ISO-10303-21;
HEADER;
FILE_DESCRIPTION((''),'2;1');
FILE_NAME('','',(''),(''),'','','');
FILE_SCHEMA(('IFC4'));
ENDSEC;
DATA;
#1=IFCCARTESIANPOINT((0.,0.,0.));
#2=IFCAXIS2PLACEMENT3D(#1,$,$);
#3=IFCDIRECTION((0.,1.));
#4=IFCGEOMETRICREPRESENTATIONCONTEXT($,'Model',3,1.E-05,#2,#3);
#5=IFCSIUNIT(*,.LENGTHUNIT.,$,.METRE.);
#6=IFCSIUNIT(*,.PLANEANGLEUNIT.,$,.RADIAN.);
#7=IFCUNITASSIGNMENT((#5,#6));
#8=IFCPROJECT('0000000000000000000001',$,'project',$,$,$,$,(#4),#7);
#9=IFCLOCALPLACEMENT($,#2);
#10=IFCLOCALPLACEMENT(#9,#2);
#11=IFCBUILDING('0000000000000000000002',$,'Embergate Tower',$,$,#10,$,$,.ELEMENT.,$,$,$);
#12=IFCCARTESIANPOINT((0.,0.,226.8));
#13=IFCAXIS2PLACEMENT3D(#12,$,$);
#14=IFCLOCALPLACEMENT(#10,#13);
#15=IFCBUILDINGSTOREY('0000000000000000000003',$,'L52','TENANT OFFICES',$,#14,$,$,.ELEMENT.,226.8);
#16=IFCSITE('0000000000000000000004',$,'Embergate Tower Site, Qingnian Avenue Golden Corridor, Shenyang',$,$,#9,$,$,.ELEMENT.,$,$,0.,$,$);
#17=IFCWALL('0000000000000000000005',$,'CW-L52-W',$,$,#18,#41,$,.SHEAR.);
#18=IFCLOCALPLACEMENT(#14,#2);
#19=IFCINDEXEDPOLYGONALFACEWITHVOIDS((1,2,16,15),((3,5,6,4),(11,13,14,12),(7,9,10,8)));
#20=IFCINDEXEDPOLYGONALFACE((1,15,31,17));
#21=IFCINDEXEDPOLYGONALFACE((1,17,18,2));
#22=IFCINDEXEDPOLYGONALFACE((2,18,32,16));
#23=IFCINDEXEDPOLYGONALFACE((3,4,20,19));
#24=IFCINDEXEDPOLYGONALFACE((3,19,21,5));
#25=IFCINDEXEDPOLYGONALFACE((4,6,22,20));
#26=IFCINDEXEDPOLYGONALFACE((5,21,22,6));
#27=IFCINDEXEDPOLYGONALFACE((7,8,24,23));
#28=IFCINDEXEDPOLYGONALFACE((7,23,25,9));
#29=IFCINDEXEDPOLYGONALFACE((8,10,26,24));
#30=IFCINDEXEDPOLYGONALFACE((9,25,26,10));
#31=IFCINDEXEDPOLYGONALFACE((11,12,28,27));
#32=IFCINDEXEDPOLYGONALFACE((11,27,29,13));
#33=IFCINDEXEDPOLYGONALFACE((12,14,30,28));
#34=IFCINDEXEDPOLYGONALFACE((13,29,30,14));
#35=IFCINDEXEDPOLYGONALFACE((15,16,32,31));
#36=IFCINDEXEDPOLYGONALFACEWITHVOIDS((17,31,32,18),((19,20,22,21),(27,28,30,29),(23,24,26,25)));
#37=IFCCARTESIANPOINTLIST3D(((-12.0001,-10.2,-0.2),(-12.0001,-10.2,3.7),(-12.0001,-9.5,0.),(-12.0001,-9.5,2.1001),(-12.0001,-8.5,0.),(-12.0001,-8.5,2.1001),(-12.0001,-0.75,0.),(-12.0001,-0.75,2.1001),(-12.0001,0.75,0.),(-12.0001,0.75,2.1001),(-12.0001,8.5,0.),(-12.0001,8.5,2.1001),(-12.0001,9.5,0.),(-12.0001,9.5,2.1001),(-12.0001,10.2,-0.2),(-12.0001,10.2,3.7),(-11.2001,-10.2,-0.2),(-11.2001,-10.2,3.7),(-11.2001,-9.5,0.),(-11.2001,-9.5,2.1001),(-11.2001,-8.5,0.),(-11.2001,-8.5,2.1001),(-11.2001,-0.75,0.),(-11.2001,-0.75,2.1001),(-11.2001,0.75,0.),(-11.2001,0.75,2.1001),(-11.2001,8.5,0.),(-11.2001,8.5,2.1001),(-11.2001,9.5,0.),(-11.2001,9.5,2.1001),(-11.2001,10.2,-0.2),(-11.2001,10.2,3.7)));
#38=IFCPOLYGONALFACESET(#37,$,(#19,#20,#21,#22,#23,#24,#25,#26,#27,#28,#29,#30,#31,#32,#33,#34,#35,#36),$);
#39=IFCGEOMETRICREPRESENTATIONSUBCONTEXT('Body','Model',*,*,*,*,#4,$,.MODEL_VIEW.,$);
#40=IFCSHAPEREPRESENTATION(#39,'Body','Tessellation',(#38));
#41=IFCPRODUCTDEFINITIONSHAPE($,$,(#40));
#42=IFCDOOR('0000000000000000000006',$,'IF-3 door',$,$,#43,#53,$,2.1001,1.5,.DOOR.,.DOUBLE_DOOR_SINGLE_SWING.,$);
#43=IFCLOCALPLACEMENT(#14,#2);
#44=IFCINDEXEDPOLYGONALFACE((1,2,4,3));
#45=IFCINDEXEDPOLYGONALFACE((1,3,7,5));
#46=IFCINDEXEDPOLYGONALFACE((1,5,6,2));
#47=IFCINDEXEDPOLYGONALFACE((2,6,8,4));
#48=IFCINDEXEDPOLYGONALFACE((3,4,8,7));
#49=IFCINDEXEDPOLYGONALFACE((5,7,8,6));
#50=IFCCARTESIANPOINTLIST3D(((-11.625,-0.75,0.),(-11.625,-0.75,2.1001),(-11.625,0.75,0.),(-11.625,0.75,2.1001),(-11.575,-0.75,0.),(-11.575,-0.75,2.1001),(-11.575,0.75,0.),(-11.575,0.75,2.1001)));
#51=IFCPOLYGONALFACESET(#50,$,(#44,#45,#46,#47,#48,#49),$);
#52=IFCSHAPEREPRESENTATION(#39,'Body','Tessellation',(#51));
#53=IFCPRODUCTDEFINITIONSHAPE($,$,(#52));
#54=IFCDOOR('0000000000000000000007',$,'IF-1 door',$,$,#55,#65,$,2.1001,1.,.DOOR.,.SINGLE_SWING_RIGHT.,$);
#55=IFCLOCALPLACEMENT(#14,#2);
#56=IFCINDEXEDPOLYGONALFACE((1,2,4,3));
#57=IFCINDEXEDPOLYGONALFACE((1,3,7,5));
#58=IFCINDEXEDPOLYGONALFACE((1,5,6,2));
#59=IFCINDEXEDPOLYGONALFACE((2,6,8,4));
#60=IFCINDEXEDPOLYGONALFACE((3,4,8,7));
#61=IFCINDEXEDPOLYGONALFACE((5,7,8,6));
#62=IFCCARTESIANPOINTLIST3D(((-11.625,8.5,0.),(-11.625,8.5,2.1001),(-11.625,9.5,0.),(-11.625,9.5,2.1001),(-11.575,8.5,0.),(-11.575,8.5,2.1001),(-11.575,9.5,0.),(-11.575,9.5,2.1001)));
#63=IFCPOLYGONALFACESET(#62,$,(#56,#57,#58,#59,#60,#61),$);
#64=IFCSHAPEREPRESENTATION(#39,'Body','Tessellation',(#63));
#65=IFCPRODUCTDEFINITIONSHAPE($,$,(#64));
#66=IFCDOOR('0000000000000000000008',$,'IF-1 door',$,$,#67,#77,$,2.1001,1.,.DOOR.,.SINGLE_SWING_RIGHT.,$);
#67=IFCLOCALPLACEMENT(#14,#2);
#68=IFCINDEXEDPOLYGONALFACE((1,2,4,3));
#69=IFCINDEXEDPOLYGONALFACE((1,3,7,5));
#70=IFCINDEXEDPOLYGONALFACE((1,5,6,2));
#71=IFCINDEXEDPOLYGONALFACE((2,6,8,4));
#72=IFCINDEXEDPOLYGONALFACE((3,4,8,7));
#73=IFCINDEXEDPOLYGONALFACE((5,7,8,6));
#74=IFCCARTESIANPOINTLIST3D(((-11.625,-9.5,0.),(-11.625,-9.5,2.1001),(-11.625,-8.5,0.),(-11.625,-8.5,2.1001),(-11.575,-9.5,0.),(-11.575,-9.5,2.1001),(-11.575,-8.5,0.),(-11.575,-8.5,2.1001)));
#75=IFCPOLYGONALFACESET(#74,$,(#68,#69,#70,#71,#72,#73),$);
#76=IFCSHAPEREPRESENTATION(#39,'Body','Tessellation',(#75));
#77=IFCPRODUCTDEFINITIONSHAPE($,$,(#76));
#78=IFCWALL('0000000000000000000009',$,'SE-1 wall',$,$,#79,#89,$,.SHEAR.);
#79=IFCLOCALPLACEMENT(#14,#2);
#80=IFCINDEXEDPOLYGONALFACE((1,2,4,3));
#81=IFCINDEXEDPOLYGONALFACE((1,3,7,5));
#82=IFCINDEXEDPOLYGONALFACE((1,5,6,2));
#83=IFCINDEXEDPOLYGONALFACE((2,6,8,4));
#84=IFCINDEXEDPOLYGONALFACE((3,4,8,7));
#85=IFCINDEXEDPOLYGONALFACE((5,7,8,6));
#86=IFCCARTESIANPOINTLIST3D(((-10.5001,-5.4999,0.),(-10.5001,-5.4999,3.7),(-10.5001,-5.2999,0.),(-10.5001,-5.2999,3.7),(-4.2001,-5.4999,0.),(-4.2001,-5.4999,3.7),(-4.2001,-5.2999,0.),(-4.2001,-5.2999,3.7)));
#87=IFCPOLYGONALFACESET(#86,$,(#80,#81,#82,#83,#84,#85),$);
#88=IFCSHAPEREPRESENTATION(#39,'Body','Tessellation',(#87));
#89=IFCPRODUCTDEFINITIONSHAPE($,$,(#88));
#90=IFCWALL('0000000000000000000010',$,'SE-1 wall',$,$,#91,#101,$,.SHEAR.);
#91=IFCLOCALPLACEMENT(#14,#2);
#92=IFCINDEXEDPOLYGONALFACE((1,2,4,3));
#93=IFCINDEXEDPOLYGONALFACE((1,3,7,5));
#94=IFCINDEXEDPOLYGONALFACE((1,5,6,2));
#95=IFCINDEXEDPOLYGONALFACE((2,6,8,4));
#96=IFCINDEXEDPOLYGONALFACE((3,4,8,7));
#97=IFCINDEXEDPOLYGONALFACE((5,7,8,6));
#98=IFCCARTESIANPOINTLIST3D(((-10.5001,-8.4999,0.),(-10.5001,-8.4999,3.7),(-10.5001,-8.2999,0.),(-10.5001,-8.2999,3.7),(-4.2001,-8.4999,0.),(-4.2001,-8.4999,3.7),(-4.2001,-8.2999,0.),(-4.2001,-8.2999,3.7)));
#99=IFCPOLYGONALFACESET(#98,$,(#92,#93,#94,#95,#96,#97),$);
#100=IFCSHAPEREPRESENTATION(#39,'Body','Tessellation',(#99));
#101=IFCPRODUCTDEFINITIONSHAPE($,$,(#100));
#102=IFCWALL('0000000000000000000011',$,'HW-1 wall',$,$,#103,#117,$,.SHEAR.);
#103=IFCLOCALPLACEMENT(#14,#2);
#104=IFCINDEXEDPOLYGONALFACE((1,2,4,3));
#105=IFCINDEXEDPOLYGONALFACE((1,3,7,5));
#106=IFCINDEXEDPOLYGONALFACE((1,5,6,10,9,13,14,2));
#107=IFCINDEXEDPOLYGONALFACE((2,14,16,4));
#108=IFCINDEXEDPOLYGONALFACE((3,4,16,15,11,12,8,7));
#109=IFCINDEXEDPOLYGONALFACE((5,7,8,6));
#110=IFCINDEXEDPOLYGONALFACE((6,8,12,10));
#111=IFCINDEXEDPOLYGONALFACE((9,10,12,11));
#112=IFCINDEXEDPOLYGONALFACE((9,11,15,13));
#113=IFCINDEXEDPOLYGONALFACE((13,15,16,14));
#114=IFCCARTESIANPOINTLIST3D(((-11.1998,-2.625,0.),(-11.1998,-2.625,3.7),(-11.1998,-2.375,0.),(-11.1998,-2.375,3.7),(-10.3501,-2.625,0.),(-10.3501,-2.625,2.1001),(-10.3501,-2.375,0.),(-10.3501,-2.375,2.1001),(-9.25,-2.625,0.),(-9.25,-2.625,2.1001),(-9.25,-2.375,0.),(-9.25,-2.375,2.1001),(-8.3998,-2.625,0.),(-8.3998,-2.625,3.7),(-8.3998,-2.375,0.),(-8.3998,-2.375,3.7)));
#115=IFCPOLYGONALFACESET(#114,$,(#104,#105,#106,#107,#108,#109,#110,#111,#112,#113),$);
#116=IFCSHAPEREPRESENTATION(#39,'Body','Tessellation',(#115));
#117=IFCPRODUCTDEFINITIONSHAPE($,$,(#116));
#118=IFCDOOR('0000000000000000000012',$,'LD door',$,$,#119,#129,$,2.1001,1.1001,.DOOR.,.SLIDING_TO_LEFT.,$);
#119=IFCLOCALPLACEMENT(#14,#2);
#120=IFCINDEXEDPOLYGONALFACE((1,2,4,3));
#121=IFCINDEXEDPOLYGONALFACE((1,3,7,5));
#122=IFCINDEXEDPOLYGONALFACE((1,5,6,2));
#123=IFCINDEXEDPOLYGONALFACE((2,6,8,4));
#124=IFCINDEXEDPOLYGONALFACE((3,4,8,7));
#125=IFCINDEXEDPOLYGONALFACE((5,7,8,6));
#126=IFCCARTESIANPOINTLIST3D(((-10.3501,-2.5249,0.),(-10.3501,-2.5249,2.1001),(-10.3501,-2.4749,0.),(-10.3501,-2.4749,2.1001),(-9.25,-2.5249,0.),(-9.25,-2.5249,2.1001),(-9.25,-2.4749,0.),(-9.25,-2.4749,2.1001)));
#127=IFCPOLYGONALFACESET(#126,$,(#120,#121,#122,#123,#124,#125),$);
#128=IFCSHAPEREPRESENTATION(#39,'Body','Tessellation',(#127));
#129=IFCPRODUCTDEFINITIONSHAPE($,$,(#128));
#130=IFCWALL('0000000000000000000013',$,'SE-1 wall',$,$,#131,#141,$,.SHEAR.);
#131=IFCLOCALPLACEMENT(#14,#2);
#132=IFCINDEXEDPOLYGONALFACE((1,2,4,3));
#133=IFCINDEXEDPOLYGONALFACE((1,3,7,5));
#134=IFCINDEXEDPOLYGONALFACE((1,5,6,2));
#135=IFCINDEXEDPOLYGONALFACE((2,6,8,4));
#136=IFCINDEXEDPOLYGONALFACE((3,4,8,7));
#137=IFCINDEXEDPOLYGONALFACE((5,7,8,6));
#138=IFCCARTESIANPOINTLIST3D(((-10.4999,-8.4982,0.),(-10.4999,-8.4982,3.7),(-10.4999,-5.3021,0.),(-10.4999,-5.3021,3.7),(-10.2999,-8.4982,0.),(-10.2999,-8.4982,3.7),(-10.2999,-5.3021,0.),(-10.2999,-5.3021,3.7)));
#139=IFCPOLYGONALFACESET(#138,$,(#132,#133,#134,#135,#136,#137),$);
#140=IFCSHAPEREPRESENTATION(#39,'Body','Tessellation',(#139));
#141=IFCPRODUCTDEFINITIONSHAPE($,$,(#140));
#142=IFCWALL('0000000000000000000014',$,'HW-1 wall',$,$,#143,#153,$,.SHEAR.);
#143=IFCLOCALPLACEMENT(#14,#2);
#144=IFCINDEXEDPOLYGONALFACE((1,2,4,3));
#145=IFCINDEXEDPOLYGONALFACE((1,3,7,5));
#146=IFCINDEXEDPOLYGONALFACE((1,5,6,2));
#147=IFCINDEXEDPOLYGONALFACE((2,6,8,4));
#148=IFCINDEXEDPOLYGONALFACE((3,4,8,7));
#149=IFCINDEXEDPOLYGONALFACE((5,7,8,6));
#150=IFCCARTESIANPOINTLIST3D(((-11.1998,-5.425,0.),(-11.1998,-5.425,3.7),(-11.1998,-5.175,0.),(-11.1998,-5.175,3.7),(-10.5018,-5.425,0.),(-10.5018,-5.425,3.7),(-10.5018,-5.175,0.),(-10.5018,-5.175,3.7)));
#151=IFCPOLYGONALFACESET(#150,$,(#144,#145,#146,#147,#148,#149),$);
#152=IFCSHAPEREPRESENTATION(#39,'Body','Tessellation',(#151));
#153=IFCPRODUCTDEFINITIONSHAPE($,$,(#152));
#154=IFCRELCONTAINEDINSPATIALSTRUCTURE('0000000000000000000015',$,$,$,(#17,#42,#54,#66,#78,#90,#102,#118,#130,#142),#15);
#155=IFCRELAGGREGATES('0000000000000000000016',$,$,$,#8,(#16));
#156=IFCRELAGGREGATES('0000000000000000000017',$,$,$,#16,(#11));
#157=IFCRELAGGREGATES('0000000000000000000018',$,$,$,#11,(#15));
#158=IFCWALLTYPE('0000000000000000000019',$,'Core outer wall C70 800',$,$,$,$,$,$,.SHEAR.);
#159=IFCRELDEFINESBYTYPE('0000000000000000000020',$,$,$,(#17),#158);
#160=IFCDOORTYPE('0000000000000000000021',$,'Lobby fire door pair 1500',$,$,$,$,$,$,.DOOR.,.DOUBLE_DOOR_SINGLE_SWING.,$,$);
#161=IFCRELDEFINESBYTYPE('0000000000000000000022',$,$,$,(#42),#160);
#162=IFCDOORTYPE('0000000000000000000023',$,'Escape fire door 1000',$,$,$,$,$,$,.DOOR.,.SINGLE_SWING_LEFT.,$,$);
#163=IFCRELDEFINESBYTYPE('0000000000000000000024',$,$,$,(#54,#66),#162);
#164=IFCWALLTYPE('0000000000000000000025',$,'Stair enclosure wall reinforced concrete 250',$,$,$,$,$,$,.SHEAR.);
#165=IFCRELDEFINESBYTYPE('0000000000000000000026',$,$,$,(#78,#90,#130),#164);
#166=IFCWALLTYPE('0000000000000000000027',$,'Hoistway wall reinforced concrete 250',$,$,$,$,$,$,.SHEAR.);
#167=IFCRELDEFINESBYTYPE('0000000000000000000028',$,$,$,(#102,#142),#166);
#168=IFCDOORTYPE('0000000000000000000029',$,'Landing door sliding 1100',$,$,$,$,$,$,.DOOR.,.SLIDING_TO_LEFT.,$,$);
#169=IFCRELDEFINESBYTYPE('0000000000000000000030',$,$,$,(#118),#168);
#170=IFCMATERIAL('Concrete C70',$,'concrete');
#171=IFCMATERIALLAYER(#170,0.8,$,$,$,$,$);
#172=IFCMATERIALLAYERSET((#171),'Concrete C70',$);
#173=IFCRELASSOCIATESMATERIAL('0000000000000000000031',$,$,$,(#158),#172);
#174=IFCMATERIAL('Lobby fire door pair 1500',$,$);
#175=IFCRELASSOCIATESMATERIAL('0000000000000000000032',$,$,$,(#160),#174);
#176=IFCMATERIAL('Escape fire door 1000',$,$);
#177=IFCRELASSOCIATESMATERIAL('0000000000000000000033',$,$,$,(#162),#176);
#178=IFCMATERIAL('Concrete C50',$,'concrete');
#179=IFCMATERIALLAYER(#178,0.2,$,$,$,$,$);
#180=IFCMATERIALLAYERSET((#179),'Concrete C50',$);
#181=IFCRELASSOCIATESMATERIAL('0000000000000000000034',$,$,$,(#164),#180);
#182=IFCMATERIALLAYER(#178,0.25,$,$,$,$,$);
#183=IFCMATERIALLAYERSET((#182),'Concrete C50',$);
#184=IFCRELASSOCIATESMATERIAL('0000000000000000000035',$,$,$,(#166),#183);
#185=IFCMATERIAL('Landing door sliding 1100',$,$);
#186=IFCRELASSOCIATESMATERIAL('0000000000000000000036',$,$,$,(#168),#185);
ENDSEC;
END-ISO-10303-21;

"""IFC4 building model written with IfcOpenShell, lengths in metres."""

from ifc_helpers import new_model, si_unit, direction, frame, frame_2d, origin, place, context, subcontext, project, spatial, rectangle, extrude, source, transform, mapped, material, layer, layer_set, type_object, element, fill, save


model = new_model("IFC4")

# Units and contexts
model_context = context("Model", 3, precision=1e-05, world=origin(), true_north=direction((0.0, 1.0)))
body_context = subcontext(model_context, "Body", "Model", "MODEL_VIEW")
ifc_project = project(units=[si_unit("LENGTHUNIT", "METRE"), si_unit("PLANEANGLEUNIT", "RADIAN")], contexts=[model_context])

# Site, building, storey
site_placement = place(None, origin())
site = spatial("IfcSite", under=ifc_project, at=site_placement, Name="Embergate Tower Site, Qingnian Avenue Golden Corridor, Shenyang", CompositionType="ELEMENT", RefElevation=0.0)
building_placement = place(site_placement, origin())
building = spatial("IfcBuilding", under=site, at=building_placement, Name="Embergate Tower", CompositionType="ELEMENT")
storey_placement = place(building_placement, frame((0.0, 0.0, 226.8)))
storey = spatial("IfcBuildingStorey", under=building, at=storey_placement, Name="L52", Description="TENANT OFFICES", CompositionType="ELEMENT", Elevation=226.8)

# Shared definitions
ifc_material_1 = material(Name="Concrete C70", Category="concrete")
ifc_layer_1 = layer(ifc_material_1, 0.8)
ifc_layer_set_1 = layer_set([ifc_layer_1], Name="Concrete C70")
wall_type_1 = type_object("IfcWallType", Name="Core outer wall C70 800", PredefinedType="SHEAR", material=ifc_layer_set_1)

# Wall, openings, doors
shared_shape_1 = source(origin(), body_context, "Body", "SweptSolid", [
    extrude(rectangle(XDim=20.3999, YDim=0.8, at=frame_2d((10.2, 0.0))), origin(), (0.0, 0.0, 1.0), 3.8999),
])
wall_1_placement = place(storey_placement, frame((-11.6001, -10.2, -0.2), z_axis=(0.0, 0.0, 1.0), x_axis=(0.0, 1.0, 0.0)))
wall_1 = element("IfcWall", 1, at=wall_1_placement, inside=storey, type_object=wall_type_1, Name="CW-L52-W", PredefinedType="SHEAR", context=body_context, shape_type="MappedRepresentation", body=[
    mapped(shared_shape_1, transform((0.0, 0.0, 0.0))),
])
shared_shape_2 = source(origin(), body_context, "Body", "SweptSolid", [
    extrude(rectangle(XDim=1.0, YDim=2.1001, at=frame_2d((0.5, 1.05))), frame((0.0, 0.4099, 0.0), z_axis=(0.0, -1.0, 0.0), x_axis=(1.0, 0.0, 0.0)), (0.0, 0.0, 1.0), 0.8201),
])
opening_1_placement = place(wall_1_placement, frame((18.7, 0.0, 0.2)))
opening_1 = element("IfcOpeningElement", 2, at=opening_1_placement, cuts=wall_1, PredefinedType="OPENING", context=body_context, shape_type="MappedRepresentation", body=[
    mapped(shared_shape_2, transform((0.0, 0.0, 0.0))),
])
opening_2_placement = place(wall_1_placement, frame((0.7, 0.0, 0.2)))
opening_2 = element("IfcOpeningElement", 3, at=opening_2_placement, cuts=wall_1, PredefinedType="OPENING", context=body_context, shape_type="MappedRepresentation", body=[
    mapped(shared_shape_2, transform((0.0, 0.0, 0.0))),
])
shared_shape_3 = source(origin(), body_context, "Body", "SweptSolid", [
    extrude(rectangle(XDim=1.5, YDim=2.1001, at=frame_2d((0.75, 1.05))), frame((0.0, 0.4099, 0.0), z_axis=(0.0, -1.0, 0.0), x_axis=(1.0, 0.0, 0.0)), (0.0, 0.0, 1.0), 0.8201),
])
opening_3_placement = place(wall_1_placement, frame((9.45, 0.0, 0.2)))
opening_3 = element("IfcOpeningElement", 4, at=opening_3_placement, cuts=wall_1, PredefinedType="OPENING", context=body_context, shape_type="MappedRepresentation", body=[
    mapped(shared_shape_3, transform((0.0, 0.0, 0.0))),
])
ifc_material_2 = material(Name="Lobby fire door pair 1500")
door_type_1 = type_object("IfcDoorType", Name="Lobby fire door pair 1500", OperationType="DOUBLE_DOOR_SINGLE_SWING", PredefinedType="DOOR", material=ifc_material_2)
shared_shape_4 = source(origin(), body_context, "Body", "SweptSolid", [
    extrude(rectangle(XDim=1.5, YDim=2.1001, at=frame_2d((0.75, 1.05))), frame((0.0, 0.0249, 0.0), z_axis=(0.0, -1.0, 0.0), x_axis=(1.0, 0.0, 0.0)), (0.0, 0.0, 1.0), 0.05),
])
door_1_placement = place(opening_3_placement, origin())
door_1 = element("IfcDoor", 5, at=door_1_placement, inside=storey, type_object=door_type_1, Name="IF-3 door", OperationType="DOUBLE_DOOR_SINGLE_SWING", OverallHeight=2.1001, OverallWidth=1.5, PredefinedType="DOOR", context=body_context, shape_type="MappedRepresentation", body=[
    mapped(shared_shape_4, transform((0.0, 0.0, 0.0))),
])
fill(opening_3, door_1)
ifc_material_3 = material(Name="Escape fire door 1000")
door_type_2 = type_object("IfcDoorType", Name="Escape fire door 1000", OperationType="SINGLE_SWING_LEFT", PredefinedType="DOOR", material=ifc_material_3)
shared_shape_5 = source(origin(), body_context, "Body", "SweptSolid", [
    extrude(rectangle(XDim=1.0, YDim=2.1001, at=frame_2d((0.5, 1.05))), frame((0.0, 0.0249, 0.0), z_axis=(0.0, -1.0, 0.0), x_axis=(1.0, 0.0, 0.0)), (0.0, 0.0, 1.0), 0.05),
])
door_2_placement = place(opening_1_placement, origin())
door_2 = element("IfcDoor", 6, at=door_2_placement, inside=storey, type_object=door_type_2, Name="IF-1 door", OperationType="SINGLE_SWING_RIGHT", OverallHeight=2.1001, OverallWidth=1.0, PredefinedType="DOOR", context=body_context, shape_type="MappedRepresentation", body=[
    mapped(shared_shape_5, transform((0.0, 0.0, 0.0))),
])
fill(opening_1, door_2)
door_3_placement = place(opening_2_placement, origin())
door_3 = element("IfcDoor", 7, at=door_3_placement, inside=storey, type_object=door_type_2, Name="IF-1 door", OperationType="SINGLE_SWING_RIGHT", OverallHeight=2.1001, OverallWidth=1.0, PredefinedType="DOOR", context=body_context, shape_type="MappedRepresentation", body=[
    mapped(shared_shape_5, transform((0.0, 0.0, 0.0))),
])
fill(opening_2, door_3)

# Walls
ifc_material_4 = material(Name="Concrete C50", Category="concrete")
ifc_layer_2 = layer(ifc_material_4, 0.2)
ifc_layer_set_2 = layer_set([ifc_layer_2], Name="Concrete C50")
wall_type_2 = type_object("IfcWallType", Name="Stair enclosure wall reinforced concrete 250", PredefinedType="SHEAR", material=ifc_layer_set_2)
shared_shape_6 = source(origin(), body_context, "Body", "SweptSolid", [
    extrude(rectangle(XDim=6.3, YDim=0.2, at=frame_2d((3.1499, 0.0))), origin(), (0.0, 0.0, 1.0), 3.7),
])
for number, where, z_axis, x_axis, name in (
    (8, (-10.5, -5.3999, 0.0), (0.0, 0.0, 1.0), (1.0, 0.0, 0.0), "SE-1 wall"),
    (9, (-10.5, -8.3999, 0.0), (0.0, 0.0, 1.0), (1.0, 0.0, 0.0), "SE-1 wall"),
):
    element("IfcWall", number, at=place(storey_placement, frame(where, z_axis=z_axis, x_axis=x_axis)), inside=storey, type_object=wall_type_2, Name=name, PredefinedType="SHEAR", context=body_context, shape_type="MappedRepresentation", body=[
        mapped(shared_shape_6, transform((0.0, 0.0, 0.0))),
    ])

# Wall, opening, door
ifc_layer_3 = layer(ifc_material_4, 0.25)
ifc_layer_set_3 = layer_set([ifc_layer_3], Name="Concrete C50")
wall_type_3 = type_object("IfcWallType", Name="Hoistway wall reinforced concrete 250", PredefinedType="SHEAR", material=ifc_layer_set_3)
shared_shape_7 = source(origin(), body_context, "Body", "SweptSolid", [
    extrude(rectangle(XDim=2.8, YDim=0.25, at=frame_2d((1.3999, 0.0))), origin(), (0.0, 0.0, 1.0), 3.7),
])
wall_2_placement = place(storey_placement, frame((-8.3999, -2.5, 0.0), z_axis=(0.0, 0.0, 1.0), x_axis=(-1.0, 0.0, 0.0)))
wall_2 = element("IfcWall", 10, at=wall_2_placement, inside=storey, type_object=wall_type_3, Name="HW-1 wall", PredefinedType="SHEAR", context=body_context, shape_type="MappedRepresentation", body=[
    mapped(shared_shape_7, transform((0.0, 0.0, 0.0))),
])
shared_shape_8 = source(origin(), body_context, "Body", "SweptSolid", [
    extrude(rectangle(XDim=1.1001, YDim=2.1001, at=frame_2d((0.55, 1.05))), frame((0.0, 0.135, 0.0), z_axis=(0.0, -1.0, 0.0), x_axis=(1.0, 0.0, 0.0)), (0.0, 0.0, 1.0), 0.27),
])
opening_4_placement = place(wall_2_placement, frame((0.8501, 0.0, 0.0)))
opening_4 = element("IfcOpeningElement", 11, at=opening_4_placement, cuts=wall_2, PredefinedType="OPENING", context=body_context, shape_type="MappedRepresentation", body=[
    mapped(shared_shape_8, transform((0.0, 0.0, 0.0))),
])
ifc_material_5 = material(Name="Landing door sliding 1100")
door_type_3 = type_object("IfcDoorType", Name="Landing door sliding 1100", OperationType="SLIDING_TO_LEFT", PredefinedType="DOOR", material=ifc_material_5)
shared_shape_9 = source(origin(), body_context, "Body", "SweptSolid", [
    extrude(rectangle(XDim=1.1001, YDim=2.1001, at=frame_2d((0.55, 1.05))), frame((0.0, 0.0249, 0.0), z_axis=(0.0, -1.0, 0.0), x_axis=(1.0, 0.0, 0.0)), (0.0, 0.0, 1.0), 0.05),
])
door_4_placement = place(opening_4_placement, origin())
door_4 = element("IfcDoor", 12, at=door_4_placement, inside=storey, type_object=door_type_3, Name="LD door", OperationType="SLIDING_TO_LEFT", OverallHeight=2.1001, OverallWidth=1.1001, PredefinedType="DOOR", context=body_context, shape_type="MappedRepresentation", body=[
    mapped(shared_shape_9, transform((0.0, 0.0, 0.0))),
])
fill(opening_4, door_4)

# Walls
shared_shape_10 = source(origin(), body_context, "Body", "SweptSolid", [
    extrude(rectangle(XDim=3.196, YDim=0.2, at=frame_2d((1.5981, 0.0))), origin(), (0.0, 0.0, 1.0), 3.7),
])
wall_3_placement = place(storey_placement, frame((-10.3999, -5.302, 0.0), z_axis=(0.0, 0.0, 1.0), x_axis=(0.0, -1.0, 0.0)))
element("IfcWall", 13, at=wall_3_placement, inside=storey, type_object=wall_type_2, Name="SE-1 wall", PredefinedType="SHEAR", context=body_context, shape_type="MappedRepresentation", body=[
    mapped(shared_shape_10, transform((0.0, 0.0, 0.0))),
])
shared_shape_11 = source(origin(), body_context, "Body", "SweptSolid", [
    extrude(rectangle(XDim=0.698, YDim=0.25, at=frame_2d((0.3491, 0.0))), origin(), (0.0, 0.0, 1.0), 3.7),
])
wall_4_placement = place(storey_placement, frame((-11.2, -5.3, 0.0), z_axis=(0.0, 0.0, 1.0), x_axis=(1.0, 0.0, 0.0)))
element("IfcWall", 14, at=wall_4_placement, inside=storey, type_object=wall_type_3, Name="HW-1 wall", PredefinedType="SHEAR", context=body_context, shape_type="MappedRepresentation", body=[
    mapped(shared_shape_11, transform((0.0, 0.0, 0.0))),
])

save(model, "model.ifc")
